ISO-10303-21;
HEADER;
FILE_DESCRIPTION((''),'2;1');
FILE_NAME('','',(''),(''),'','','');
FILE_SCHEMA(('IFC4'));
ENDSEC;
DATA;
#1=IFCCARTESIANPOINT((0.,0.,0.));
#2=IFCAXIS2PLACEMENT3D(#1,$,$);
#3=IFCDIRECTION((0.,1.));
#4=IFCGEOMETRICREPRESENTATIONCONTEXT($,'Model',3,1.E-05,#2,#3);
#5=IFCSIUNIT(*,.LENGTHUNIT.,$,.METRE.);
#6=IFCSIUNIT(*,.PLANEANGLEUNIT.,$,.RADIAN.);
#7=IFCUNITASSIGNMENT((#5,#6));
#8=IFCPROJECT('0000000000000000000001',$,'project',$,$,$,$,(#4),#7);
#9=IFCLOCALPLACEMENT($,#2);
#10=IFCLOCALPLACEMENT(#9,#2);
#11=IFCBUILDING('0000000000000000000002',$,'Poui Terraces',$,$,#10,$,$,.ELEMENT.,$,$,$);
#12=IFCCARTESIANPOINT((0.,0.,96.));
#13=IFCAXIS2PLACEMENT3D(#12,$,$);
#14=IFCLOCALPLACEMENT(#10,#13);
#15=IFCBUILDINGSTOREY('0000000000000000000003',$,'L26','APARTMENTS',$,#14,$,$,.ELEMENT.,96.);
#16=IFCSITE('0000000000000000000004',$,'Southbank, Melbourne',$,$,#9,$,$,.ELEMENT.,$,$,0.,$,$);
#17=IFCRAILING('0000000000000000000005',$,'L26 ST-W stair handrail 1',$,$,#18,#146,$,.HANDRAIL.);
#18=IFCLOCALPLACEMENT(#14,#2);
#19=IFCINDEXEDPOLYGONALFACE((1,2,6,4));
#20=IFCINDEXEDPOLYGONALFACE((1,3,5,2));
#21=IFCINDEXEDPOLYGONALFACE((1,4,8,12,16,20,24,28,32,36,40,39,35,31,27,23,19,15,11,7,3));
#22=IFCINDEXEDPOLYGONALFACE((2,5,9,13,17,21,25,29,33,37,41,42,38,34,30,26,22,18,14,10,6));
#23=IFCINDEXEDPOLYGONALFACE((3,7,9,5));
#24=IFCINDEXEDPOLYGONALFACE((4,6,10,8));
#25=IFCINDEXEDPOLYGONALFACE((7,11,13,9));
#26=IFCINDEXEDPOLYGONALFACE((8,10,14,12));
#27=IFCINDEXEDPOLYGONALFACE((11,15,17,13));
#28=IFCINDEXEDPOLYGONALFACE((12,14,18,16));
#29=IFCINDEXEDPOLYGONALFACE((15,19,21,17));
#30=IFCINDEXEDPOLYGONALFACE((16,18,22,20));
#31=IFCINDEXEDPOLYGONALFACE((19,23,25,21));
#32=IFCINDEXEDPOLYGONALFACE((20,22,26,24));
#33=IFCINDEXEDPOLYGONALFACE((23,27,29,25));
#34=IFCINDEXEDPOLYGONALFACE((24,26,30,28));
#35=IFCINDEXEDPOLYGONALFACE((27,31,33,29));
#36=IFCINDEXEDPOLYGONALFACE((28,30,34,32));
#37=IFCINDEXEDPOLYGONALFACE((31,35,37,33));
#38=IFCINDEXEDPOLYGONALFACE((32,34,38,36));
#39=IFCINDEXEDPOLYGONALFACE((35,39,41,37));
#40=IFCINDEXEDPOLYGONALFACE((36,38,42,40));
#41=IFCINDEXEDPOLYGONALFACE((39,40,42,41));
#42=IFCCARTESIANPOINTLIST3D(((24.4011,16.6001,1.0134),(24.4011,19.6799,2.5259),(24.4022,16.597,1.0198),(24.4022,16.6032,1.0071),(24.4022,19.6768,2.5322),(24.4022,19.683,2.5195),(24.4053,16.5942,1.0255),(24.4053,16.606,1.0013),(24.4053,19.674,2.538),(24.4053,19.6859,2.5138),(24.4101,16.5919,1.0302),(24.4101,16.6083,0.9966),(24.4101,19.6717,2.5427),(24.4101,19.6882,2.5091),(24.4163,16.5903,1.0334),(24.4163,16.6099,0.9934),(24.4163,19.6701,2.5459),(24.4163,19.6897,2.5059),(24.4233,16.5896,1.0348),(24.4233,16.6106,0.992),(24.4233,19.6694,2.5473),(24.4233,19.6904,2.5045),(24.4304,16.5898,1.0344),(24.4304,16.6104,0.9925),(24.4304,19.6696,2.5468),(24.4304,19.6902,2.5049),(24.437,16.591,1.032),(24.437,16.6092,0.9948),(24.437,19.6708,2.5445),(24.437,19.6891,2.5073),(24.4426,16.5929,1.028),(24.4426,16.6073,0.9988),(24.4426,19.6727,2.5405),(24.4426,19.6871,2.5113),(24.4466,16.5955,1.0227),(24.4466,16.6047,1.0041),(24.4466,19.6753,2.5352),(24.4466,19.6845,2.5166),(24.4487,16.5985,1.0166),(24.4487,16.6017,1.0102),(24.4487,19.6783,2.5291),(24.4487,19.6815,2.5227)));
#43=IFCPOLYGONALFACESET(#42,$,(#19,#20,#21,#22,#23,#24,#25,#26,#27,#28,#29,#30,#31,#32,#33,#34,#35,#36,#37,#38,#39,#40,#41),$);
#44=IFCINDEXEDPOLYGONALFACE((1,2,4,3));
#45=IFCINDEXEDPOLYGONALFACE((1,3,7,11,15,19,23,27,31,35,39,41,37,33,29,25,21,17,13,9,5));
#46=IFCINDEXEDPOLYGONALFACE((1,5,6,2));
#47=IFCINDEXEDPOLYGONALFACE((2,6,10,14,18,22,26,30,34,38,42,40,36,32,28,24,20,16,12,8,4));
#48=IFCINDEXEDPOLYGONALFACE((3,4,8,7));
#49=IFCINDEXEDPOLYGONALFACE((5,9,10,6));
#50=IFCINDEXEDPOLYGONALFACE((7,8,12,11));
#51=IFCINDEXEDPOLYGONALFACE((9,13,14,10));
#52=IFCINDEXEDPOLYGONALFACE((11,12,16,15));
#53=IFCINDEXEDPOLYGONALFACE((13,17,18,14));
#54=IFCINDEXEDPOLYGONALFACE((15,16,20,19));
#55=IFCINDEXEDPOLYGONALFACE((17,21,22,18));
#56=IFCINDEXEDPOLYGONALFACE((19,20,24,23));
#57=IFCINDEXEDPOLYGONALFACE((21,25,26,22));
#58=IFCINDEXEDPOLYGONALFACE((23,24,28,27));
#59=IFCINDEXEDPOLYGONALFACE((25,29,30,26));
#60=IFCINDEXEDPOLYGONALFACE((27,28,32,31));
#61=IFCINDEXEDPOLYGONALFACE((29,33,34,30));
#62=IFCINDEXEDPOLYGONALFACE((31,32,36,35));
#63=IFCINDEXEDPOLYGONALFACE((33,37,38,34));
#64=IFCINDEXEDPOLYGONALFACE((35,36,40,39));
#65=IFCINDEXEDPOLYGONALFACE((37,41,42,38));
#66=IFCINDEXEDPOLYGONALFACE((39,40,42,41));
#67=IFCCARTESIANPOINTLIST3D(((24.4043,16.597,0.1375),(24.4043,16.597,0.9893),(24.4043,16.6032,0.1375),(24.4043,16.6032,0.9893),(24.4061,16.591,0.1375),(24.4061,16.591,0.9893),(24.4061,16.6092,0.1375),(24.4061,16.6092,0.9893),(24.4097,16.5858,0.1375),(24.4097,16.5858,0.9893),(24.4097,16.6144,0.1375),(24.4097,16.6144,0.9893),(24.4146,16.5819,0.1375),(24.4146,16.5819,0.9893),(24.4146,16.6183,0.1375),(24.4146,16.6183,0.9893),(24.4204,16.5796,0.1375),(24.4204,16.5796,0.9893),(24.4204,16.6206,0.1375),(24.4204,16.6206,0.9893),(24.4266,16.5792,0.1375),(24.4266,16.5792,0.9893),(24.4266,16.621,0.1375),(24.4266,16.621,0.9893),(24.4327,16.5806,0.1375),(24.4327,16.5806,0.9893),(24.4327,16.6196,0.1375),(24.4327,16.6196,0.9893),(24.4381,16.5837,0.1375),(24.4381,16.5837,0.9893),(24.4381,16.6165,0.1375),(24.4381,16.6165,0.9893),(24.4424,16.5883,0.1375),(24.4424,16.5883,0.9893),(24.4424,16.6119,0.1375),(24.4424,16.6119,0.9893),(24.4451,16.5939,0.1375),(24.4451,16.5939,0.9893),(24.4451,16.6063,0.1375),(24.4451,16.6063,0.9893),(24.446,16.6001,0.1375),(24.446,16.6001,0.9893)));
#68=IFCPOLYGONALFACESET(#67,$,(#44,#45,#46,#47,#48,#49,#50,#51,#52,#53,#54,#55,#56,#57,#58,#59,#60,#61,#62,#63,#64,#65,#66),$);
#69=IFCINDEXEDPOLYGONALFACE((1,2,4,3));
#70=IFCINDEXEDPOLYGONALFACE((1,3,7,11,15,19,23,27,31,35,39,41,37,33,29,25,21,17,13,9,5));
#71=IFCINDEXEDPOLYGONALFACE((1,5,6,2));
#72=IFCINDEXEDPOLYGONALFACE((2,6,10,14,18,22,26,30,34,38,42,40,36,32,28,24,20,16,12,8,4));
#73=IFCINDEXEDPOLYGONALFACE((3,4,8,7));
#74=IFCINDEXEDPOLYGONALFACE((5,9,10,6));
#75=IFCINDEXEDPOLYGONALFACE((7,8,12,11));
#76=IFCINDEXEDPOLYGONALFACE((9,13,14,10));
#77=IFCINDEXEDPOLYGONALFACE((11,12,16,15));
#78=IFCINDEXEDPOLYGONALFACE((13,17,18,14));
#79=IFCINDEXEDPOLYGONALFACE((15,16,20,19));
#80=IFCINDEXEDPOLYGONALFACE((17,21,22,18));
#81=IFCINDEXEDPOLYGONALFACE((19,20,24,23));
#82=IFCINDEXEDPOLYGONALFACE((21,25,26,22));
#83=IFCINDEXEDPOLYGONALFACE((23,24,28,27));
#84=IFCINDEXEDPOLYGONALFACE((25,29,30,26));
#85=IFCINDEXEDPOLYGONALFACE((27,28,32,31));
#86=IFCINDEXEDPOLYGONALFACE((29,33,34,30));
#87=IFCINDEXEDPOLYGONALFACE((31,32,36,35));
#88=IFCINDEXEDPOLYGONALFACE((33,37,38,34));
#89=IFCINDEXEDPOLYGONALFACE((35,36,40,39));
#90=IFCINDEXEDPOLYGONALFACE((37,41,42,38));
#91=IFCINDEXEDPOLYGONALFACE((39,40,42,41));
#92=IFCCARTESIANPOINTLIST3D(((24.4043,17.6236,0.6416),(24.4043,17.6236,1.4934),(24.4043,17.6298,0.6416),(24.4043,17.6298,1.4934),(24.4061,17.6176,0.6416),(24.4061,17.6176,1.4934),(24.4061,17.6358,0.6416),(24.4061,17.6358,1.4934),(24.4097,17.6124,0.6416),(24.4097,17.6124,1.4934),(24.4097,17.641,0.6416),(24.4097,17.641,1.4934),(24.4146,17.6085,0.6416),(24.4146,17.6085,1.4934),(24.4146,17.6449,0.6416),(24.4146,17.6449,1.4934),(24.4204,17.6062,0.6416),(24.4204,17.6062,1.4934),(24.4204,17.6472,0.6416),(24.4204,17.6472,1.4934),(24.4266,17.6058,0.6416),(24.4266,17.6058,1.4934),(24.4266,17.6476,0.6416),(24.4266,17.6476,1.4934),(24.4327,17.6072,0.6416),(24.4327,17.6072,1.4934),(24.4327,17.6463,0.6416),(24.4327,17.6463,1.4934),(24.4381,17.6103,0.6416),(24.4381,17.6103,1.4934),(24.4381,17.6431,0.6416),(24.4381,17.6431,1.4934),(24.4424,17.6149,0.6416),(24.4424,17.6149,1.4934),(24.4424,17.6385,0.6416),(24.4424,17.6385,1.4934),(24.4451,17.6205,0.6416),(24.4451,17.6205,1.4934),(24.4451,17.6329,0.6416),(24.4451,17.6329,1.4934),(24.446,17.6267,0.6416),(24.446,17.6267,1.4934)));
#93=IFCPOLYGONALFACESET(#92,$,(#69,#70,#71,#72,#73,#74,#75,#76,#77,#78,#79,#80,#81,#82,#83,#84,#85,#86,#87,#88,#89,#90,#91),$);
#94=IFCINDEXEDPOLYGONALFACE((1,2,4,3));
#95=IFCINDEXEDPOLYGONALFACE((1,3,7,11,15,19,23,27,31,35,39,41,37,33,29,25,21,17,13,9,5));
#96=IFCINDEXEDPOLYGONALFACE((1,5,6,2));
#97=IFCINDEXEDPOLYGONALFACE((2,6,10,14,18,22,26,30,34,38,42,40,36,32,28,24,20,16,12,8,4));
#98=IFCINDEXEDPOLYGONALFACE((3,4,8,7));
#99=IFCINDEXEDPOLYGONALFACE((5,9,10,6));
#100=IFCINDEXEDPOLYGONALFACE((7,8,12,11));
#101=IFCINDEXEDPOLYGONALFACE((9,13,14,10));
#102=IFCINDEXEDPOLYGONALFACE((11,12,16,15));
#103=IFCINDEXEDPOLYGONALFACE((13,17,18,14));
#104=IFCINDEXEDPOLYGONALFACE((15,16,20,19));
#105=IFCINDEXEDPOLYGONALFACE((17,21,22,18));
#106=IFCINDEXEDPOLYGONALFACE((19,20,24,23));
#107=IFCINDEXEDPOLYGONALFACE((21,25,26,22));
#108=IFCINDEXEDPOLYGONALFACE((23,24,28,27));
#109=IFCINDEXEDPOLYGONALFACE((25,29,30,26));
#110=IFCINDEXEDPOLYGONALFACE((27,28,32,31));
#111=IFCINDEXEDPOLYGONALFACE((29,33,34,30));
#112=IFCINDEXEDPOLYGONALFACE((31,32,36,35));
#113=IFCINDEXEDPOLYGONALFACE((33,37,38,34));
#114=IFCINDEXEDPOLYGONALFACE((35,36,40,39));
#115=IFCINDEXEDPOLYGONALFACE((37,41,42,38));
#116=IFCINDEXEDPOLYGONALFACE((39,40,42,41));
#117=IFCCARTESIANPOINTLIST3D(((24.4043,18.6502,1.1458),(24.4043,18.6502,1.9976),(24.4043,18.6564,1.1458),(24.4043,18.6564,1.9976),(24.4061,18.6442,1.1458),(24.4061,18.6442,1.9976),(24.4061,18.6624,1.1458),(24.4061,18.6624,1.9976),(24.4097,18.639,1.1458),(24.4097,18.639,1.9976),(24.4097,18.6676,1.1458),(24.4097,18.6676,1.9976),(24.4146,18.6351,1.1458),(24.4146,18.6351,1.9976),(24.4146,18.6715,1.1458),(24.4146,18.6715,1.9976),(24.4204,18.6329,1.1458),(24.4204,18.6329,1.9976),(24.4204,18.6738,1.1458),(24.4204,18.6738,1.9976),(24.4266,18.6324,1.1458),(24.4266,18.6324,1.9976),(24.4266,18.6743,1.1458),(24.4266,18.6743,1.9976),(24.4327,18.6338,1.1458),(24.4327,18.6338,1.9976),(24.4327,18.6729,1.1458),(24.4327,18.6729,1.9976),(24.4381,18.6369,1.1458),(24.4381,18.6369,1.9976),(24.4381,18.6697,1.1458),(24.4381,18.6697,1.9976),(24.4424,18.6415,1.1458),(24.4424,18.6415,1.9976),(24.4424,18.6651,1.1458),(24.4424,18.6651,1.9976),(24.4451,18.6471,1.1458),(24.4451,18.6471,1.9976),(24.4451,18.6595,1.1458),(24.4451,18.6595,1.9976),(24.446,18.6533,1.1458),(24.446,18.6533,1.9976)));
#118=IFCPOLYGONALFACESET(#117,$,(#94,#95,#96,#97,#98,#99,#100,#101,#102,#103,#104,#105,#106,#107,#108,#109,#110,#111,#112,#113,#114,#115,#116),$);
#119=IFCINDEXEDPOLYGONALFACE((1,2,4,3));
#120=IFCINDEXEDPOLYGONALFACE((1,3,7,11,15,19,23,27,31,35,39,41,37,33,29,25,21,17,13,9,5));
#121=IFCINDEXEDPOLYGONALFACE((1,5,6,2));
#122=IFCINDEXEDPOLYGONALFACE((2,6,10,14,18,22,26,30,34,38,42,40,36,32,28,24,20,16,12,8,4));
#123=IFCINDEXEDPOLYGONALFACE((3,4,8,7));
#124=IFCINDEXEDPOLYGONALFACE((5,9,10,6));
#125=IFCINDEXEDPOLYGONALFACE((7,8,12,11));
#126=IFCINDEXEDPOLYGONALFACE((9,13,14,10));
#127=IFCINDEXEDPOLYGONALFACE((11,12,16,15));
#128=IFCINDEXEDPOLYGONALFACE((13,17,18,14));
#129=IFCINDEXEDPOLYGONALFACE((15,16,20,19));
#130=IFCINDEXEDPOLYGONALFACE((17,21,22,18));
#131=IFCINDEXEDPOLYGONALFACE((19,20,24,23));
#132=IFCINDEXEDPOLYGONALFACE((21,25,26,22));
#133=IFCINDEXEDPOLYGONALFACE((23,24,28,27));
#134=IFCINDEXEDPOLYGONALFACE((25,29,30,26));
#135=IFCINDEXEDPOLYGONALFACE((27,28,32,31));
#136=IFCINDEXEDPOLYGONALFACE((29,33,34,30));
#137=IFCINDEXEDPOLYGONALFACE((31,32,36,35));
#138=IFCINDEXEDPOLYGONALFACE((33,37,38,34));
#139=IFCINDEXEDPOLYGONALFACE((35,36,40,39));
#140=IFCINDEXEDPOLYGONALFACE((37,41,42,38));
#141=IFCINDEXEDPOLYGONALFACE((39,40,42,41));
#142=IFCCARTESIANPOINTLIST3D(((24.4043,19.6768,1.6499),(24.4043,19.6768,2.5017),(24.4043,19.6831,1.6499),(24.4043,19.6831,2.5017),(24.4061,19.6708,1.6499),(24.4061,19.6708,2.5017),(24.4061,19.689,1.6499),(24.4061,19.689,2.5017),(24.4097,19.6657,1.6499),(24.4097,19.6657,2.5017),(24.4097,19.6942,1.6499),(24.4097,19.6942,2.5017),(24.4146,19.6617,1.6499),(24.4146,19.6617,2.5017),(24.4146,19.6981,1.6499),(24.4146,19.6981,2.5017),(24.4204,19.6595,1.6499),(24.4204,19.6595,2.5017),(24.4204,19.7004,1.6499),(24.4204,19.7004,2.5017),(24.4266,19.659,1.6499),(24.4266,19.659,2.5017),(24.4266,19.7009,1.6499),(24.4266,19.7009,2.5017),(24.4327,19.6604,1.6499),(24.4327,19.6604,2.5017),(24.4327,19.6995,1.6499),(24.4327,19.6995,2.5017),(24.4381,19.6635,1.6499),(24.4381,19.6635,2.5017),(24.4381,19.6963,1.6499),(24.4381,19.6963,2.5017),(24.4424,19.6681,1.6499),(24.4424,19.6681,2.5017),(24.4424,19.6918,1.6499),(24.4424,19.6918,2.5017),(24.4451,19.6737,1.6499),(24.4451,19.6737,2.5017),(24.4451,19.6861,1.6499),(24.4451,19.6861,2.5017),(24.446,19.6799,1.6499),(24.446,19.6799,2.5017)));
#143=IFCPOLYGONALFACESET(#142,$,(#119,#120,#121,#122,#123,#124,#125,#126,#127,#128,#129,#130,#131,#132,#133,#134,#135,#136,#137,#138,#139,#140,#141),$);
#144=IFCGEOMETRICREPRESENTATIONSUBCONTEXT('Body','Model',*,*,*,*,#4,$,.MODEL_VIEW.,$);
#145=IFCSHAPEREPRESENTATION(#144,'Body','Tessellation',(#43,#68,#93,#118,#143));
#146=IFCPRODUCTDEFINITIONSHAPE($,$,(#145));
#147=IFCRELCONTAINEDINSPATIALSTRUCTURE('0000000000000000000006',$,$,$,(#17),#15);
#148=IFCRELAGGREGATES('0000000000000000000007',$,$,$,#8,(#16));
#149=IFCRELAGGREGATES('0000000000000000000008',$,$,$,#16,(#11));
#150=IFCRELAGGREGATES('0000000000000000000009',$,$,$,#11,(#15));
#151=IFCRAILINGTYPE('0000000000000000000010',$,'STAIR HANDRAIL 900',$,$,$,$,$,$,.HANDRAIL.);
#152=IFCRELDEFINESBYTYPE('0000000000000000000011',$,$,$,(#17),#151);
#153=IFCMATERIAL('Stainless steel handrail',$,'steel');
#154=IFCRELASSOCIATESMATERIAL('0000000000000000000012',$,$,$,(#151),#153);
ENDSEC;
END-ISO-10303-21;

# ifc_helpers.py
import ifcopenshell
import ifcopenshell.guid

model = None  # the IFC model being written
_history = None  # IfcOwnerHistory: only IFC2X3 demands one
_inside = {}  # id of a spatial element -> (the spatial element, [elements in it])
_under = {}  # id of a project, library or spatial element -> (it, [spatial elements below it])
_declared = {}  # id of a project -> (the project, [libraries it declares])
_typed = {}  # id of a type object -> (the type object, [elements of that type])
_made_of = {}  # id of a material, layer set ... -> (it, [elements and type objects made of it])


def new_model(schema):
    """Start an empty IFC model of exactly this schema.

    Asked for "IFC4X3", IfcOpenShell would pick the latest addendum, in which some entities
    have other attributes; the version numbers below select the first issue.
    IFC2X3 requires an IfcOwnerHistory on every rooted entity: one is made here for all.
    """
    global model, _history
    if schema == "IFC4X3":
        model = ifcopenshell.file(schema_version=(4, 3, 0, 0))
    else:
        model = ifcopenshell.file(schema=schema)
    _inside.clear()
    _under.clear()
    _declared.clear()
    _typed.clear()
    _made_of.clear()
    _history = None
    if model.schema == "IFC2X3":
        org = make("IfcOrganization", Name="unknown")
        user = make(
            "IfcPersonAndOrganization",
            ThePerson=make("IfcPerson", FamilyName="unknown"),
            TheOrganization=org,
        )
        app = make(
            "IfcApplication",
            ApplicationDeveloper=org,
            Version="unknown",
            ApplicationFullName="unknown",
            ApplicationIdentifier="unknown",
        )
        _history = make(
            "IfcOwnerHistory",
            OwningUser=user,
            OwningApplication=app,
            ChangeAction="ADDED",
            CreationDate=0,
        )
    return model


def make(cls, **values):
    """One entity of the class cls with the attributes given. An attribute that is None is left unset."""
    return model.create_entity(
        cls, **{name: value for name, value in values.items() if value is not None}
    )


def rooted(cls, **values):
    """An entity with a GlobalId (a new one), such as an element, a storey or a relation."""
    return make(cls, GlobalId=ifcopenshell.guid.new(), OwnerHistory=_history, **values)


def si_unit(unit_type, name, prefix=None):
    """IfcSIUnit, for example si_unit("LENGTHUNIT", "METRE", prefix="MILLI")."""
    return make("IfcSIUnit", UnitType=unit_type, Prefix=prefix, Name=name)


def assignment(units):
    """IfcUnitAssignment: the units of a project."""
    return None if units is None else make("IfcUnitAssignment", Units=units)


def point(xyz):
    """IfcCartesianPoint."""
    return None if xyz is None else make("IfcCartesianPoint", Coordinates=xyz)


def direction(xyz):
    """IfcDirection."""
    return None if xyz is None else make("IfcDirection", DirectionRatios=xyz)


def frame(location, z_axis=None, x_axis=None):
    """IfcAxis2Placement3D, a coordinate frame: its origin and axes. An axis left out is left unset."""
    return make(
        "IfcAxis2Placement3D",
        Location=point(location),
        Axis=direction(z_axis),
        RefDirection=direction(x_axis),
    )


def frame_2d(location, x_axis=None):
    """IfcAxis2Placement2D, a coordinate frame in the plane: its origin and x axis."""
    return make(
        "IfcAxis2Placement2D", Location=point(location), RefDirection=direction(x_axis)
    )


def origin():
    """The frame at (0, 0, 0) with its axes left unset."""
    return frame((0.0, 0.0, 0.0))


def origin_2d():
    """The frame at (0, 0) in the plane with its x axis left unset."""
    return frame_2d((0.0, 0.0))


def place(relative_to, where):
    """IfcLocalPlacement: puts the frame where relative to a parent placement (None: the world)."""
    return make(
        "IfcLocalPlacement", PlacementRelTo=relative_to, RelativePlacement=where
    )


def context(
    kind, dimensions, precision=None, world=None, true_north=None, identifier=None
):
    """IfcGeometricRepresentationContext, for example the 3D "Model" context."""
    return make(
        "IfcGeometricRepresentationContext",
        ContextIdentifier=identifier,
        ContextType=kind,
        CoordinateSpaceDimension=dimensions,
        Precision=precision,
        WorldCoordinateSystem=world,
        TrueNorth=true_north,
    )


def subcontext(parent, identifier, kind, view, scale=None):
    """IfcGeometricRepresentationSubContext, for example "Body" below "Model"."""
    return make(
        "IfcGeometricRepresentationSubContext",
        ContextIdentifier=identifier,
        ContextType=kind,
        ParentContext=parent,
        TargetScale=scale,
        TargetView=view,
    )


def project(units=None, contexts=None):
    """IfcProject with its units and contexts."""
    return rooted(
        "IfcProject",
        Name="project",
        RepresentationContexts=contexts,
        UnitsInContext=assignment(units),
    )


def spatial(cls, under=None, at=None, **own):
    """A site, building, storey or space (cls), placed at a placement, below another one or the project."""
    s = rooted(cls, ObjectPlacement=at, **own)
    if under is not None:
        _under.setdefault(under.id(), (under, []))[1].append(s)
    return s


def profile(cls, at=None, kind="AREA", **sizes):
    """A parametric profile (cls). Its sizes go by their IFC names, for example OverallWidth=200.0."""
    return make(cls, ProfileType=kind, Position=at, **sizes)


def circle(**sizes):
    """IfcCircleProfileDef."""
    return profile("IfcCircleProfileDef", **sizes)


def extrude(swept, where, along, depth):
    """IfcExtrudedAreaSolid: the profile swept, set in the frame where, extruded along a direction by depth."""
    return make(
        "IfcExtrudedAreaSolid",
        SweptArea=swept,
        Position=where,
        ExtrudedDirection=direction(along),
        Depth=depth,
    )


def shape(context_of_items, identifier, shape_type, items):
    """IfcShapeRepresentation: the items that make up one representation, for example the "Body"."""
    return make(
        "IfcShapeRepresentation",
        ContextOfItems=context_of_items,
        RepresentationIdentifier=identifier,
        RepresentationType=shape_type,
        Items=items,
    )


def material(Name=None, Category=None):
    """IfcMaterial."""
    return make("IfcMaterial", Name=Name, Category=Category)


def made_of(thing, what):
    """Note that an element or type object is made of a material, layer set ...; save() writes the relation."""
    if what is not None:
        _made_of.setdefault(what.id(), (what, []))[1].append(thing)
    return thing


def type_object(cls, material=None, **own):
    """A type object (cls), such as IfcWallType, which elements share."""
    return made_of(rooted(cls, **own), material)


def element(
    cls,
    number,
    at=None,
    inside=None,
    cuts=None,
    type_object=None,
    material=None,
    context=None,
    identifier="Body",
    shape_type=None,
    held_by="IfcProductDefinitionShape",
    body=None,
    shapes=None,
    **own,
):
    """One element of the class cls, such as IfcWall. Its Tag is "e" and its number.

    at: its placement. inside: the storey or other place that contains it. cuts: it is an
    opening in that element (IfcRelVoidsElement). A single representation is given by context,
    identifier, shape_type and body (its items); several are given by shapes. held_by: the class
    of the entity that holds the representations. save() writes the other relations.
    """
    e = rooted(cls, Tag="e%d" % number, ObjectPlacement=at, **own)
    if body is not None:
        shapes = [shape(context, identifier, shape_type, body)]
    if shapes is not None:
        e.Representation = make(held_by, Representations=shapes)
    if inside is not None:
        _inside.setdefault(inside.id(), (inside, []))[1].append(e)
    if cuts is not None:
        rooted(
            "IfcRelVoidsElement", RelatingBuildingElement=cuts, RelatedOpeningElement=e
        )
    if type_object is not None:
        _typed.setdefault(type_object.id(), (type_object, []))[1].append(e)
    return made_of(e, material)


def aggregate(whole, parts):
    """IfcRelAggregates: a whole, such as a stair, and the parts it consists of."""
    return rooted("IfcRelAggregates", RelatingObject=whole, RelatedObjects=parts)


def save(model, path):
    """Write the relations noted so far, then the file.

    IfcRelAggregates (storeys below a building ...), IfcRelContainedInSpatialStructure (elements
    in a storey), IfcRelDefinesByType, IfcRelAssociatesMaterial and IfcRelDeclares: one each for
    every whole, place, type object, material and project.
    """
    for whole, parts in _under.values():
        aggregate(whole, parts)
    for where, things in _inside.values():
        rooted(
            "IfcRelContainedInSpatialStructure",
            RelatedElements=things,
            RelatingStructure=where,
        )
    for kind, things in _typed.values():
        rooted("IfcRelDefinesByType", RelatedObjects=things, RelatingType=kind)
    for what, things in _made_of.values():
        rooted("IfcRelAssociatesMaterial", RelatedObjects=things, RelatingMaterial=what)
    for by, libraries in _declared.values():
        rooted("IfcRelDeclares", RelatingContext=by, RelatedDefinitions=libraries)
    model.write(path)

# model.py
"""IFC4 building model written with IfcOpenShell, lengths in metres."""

from ifc_helpers import new_model, si_unit, direction, frame, origin, origin_2d, place, context, subcontext, project, spatial, circle, extrude, material, type_object, element, save


model = new_model("IFC4")

# Units and contexts
model_context = context("Model", 3, precision=1e-05, world=origin(), true_north=direction((0.0, 1.0)))
body_context = subcontext(model_context, "Body", "Model", "MODEL_VIEW")
ifc_project = project(units=[si_unit("LENGTHUNIT", "METRE"), si_unit("PLANEANGLEUNIT", "RADIAN")], contexts=[model_context])

# Site, building, storey
site_placement = place(None, origin())
site = spatial("IfcSite", under=ifc_project, at=site_placement, Name="Southbank, Melbourne", CompositionType="ELEMENT", RefElevation=0.0)
building_placement = place(site_placement, origin())
building = spatial("IfcBuilding", under=site, at=building_placement, Name="Poui Terraces", CompositionType="ELEMENT")
storey_placement = place(building_placement, frame((0.0, 0.0, 96.0)))
storey = spatial("IfcBuildingStorey", under=building, at=storey_placement, Name="L26", Description="APARTMENTS", CompositionType="ELEMENT", Elevation=96.0)

# Railing
ifc_material_1 = material(Name="Stainless steel handrail", Category="steel")
railing_type_1 = type_object("IfcRailingType", Name="STAIR HANDRAIL 900", PredefinedType="HANDRAIL", material=ifc_material_1)
railing_1_placement = place(storey_placement, frame((24.425, 16.6001, 0.1375)))
element("IfcRailing", 1, at=railing_1_placement, inside=storey, type_object=railing_type_1, Name="L26 ST-W stair handrail 1", PredefinedType="HANDRAIL", context=body_context, shape_type="SweptSolid", body=[
    extrude(circle(Radius=0.0239, at=origin_2d()), frame((0.0, 0.0, 0.876), z_axis=(0.0, 0.897606, 0.440798), x_axis=(-1.0, 0.0, 0.0)), (0.0, 0.0, 1.0), 3.4312),
    extrude(circle(Radius=0.021, at=origin_2d()), origin(), (0.0, 0.0, 1.0), 0.8518),
    extrude(circle(Radius=0.021, at=origin_2d()), frame((0.0, 1.0266, 0.5042)), (0.0, 0.0, 1.0), 0.8518),
    extrude(circle(Radius=0.021, at=origin_2d()), frame((0.0, 2.0532, 1.0083)), (0.0, 0.0, 1.0), 0.8518),
    extrude(circle(Radius=0.021, at=origin_2d()), frame((0.0, 3.0798, 1.5125)), (0.0, 0.0, 1.0), 0.8518),
])

save(model, "model.ifc")
